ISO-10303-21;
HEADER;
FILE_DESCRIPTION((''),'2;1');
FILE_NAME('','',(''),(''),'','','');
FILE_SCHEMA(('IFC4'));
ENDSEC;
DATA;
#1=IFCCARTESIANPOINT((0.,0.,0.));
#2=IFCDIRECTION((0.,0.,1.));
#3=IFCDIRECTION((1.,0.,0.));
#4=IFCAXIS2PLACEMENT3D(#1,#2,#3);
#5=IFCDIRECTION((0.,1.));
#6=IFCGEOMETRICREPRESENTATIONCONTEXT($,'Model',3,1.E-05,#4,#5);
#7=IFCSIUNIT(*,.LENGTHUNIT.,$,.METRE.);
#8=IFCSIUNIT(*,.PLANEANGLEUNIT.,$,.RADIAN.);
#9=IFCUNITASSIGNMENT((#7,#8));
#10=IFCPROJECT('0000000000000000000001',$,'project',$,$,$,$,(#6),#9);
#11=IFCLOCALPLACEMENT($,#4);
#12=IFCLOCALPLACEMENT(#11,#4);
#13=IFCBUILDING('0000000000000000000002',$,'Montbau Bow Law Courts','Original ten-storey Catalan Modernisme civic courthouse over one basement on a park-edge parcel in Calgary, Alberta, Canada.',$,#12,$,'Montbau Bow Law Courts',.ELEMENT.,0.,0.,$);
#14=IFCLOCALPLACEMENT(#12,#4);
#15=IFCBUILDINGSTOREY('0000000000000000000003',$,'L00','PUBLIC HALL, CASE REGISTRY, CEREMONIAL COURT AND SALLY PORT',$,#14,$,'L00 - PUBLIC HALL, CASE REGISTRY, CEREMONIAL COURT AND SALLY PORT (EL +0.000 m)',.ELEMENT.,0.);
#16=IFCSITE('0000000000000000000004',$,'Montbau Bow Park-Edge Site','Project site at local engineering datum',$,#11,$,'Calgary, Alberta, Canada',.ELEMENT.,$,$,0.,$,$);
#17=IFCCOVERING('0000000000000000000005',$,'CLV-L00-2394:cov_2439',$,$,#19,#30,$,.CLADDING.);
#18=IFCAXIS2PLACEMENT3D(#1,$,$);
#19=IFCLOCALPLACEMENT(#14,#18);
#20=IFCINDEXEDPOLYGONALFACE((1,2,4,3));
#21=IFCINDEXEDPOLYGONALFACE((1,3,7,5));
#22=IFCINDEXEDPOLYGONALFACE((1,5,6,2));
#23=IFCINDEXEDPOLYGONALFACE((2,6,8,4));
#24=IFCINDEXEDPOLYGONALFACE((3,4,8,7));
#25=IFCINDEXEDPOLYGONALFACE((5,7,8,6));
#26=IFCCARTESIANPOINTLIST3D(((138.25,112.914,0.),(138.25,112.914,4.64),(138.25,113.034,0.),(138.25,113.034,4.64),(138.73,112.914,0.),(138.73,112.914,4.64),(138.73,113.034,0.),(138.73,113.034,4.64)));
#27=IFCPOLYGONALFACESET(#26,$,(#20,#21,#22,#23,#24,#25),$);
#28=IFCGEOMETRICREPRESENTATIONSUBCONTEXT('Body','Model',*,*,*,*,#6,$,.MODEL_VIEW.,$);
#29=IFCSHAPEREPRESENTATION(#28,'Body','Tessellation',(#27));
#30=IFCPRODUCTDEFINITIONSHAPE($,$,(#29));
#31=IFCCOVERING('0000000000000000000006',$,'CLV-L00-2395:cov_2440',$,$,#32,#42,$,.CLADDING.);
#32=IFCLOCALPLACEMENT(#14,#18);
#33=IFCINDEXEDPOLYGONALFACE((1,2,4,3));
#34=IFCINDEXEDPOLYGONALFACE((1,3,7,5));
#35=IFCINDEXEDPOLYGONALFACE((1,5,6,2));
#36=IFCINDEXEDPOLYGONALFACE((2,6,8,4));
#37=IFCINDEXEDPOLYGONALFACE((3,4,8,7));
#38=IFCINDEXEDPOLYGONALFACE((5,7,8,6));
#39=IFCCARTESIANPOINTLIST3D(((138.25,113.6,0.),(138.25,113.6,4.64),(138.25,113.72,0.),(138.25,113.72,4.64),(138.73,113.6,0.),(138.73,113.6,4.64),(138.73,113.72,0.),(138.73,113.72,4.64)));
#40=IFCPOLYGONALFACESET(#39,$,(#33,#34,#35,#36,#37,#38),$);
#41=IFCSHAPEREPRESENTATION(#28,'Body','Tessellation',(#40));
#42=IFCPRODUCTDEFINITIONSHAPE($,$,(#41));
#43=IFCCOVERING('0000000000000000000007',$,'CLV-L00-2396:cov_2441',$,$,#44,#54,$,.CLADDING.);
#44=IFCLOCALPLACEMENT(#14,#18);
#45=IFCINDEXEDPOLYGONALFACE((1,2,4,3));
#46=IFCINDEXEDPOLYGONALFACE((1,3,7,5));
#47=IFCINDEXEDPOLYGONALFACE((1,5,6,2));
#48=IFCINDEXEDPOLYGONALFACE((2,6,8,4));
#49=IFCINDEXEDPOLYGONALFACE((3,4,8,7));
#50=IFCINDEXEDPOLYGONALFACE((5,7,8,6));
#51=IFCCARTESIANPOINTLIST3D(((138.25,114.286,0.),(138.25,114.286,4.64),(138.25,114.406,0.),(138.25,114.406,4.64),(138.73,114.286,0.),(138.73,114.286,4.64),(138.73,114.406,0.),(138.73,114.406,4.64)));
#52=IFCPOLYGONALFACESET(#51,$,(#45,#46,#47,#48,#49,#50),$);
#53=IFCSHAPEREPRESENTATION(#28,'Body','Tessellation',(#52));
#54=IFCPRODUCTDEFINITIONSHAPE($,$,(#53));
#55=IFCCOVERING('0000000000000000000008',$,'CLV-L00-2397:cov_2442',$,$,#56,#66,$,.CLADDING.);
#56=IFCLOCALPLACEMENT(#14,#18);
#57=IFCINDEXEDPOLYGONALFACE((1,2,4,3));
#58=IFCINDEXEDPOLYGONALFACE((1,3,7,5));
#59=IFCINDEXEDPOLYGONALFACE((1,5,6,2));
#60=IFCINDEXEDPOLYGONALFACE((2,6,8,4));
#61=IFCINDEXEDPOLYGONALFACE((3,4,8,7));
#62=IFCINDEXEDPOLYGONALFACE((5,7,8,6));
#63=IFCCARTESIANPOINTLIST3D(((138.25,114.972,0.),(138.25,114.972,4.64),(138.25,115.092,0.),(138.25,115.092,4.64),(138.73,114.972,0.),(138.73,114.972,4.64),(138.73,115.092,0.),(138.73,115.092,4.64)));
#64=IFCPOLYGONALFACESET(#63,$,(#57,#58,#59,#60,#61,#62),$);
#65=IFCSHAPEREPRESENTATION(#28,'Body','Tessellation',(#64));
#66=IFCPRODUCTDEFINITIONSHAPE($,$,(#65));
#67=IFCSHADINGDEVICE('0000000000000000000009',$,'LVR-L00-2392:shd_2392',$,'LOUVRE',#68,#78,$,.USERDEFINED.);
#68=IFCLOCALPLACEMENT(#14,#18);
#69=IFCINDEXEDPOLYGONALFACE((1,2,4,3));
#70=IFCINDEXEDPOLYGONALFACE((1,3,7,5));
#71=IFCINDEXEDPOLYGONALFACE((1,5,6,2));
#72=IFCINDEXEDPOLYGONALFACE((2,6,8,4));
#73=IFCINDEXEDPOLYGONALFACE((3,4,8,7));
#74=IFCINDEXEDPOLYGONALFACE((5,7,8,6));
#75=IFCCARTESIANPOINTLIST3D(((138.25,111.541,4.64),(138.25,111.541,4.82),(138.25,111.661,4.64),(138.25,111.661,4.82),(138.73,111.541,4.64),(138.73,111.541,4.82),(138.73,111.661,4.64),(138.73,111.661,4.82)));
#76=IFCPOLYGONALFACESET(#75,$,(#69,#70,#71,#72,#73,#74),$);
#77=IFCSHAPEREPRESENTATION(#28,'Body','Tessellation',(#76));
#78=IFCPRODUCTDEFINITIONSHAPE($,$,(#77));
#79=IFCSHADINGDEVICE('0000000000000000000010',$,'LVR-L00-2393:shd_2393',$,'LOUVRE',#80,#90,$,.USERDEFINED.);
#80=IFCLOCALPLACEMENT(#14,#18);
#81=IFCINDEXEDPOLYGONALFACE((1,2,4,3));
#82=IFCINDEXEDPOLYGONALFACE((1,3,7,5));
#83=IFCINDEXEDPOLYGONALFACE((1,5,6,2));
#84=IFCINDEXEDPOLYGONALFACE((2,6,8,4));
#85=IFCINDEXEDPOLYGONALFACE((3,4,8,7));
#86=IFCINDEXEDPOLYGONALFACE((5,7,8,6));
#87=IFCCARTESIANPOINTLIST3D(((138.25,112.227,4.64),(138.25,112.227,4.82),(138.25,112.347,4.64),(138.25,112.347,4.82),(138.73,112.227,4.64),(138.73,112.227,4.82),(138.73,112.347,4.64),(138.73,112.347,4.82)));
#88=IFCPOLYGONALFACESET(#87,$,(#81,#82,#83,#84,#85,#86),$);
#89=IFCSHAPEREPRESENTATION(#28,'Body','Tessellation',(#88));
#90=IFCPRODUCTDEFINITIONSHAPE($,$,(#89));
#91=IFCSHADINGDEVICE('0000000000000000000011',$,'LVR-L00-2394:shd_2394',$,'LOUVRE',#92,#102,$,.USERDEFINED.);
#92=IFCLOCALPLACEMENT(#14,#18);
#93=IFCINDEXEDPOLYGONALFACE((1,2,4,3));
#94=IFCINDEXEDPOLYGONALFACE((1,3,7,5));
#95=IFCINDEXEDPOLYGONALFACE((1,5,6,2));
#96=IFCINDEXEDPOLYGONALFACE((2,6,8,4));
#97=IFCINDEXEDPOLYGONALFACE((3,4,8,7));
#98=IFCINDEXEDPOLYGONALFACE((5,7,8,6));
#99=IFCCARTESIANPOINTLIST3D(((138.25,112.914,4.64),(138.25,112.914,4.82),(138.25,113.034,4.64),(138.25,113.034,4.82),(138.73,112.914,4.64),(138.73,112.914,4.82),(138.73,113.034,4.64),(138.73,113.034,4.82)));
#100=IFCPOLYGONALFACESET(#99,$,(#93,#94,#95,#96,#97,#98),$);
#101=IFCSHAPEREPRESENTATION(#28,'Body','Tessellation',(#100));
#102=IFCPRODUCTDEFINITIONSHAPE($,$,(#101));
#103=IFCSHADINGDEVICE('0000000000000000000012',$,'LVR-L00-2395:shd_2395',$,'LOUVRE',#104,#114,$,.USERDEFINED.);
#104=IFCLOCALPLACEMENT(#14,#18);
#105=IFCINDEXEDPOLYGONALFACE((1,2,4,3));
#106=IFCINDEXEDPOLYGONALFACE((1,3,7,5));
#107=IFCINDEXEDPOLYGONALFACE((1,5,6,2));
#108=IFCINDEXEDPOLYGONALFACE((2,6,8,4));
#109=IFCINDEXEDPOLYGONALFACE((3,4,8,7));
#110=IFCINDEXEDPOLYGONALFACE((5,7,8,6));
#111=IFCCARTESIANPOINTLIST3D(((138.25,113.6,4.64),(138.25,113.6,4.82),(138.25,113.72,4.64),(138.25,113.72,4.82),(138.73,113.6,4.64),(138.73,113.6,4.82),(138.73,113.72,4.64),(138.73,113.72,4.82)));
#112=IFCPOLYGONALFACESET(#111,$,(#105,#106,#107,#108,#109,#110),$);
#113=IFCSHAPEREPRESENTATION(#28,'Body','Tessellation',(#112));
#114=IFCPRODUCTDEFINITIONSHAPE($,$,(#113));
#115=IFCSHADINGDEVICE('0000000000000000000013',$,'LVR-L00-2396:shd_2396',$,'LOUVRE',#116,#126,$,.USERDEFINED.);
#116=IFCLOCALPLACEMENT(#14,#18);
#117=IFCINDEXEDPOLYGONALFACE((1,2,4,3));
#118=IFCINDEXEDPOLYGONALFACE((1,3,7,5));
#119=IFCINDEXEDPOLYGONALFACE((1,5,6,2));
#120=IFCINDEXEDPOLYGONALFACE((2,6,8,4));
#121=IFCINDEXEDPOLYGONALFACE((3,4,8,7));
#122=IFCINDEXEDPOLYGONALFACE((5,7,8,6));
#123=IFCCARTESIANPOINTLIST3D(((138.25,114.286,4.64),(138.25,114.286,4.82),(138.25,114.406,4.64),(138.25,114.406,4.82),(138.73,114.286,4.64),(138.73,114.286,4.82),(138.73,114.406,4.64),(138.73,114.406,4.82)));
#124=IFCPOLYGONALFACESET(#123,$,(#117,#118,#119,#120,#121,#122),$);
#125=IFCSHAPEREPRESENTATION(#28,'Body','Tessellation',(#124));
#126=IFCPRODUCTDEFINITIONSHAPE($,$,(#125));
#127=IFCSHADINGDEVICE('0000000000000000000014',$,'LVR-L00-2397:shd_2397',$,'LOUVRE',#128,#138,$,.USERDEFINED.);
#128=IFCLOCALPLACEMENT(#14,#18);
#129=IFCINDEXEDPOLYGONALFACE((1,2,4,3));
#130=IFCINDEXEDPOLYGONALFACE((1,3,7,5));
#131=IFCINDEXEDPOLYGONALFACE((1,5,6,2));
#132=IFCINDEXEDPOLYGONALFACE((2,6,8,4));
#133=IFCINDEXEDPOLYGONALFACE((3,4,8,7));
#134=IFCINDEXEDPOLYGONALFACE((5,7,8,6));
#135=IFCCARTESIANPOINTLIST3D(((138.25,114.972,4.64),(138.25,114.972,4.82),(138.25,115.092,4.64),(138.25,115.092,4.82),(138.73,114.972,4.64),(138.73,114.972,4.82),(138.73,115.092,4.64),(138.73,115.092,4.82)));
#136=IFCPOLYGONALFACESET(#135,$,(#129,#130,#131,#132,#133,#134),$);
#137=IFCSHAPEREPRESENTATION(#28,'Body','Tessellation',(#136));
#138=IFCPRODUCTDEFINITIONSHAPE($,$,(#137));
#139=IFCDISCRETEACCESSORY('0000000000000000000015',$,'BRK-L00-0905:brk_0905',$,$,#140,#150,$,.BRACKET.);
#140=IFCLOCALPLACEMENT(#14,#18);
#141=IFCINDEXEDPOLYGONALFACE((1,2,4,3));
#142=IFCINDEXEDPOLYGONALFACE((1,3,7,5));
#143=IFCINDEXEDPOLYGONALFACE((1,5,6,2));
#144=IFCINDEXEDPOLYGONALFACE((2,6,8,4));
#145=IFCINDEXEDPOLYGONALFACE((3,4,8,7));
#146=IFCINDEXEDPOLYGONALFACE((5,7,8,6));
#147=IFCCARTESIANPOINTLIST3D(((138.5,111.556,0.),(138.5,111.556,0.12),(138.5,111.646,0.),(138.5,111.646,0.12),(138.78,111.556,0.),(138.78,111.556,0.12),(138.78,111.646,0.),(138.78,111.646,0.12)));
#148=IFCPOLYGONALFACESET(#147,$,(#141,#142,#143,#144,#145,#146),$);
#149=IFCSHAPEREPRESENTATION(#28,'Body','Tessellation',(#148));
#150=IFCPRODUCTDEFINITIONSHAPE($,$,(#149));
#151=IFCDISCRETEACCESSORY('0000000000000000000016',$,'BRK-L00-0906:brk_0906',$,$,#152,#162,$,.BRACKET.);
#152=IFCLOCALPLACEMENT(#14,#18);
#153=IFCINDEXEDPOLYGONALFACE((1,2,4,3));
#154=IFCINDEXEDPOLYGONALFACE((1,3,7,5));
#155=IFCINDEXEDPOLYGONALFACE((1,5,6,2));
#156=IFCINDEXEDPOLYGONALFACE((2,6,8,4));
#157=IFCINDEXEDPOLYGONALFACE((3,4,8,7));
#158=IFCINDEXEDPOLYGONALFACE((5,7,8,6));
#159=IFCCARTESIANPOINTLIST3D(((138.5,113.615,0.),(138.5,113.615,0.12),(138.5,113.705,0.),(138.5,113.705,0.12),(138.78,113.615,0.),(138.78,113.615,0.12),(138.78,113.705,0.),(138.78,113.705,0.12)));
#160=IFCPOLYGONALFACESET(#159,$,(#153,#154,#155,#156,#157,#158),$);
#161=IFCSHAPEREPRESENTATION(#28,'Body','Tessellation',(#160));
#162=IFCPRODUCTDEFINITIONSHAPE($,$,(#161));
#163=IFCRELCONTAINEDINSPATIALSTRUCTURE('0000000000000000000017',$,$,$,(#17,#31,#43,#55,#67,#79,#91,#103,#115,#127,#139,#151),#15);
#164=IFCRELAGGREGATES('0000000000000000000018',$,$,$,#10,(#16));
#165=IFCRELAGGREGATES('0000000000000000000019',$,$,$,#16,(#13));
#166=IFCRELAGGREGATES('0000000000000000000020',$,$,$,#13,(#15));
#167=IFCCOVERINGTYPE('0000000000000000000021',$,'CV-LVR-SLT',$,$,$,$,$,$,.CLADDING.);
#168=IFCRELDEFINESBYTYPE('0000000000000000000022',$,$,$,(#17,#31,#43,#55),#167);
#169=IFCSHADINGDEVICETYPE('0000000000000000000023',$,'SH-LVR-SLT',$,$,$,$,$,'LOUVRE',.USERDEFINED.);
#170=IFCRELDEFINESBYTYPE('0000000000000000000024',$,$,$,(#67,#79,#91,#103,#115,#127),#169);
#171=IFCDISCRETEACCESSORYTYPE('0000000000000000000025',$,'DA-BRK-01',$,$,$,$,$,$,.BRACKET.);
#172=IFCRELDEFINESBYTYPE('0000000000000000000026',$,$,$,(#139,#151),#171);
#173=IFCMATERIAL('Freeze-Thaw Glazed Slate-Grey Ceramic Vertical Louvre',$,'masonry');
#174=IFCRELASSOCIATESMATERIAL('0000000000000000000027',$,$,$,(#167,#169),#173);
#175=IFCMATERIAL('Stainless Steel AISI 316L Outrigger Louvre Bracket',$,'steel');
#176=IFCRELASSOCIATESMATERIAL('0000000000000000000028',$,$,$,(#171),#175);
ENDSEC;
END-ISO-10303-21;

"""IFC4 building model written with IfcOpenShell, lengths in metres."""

from ifc_helpers import new_model, si_unit, direction, frame, frame_2d, origin_with_axes, origin_2d_with_axis, place, context, subcontext, project, spatial, rectangle, extrude, material, type_object, element, save


model = new_model("IFC4")

# Units and contexts
model_context = context("Model", 3, precision=1e-05, world=origin_with_axes(), true_north=direction((0.0, 1.0)))
body_context = subcontext(model_context, "Body", "Model", "MODEL_VIEW")
ifc_project = project(units=[si_unit("LENGTHUNIT", "METRE"), si_unit("PLANEANGLEUNIT", "RADIAN")], contexts=[model_context])

# Site, building, storey
site_placement = place(None, origin_with_axes())
site = spatial("IfcSite", under=ifc_project, at=site_placement, Name="Montbau Bow Park-Edge Site", Description="Project site at local engineering datum", LongName="Calgary, Alberta, Canada", CompositionType="ELEMENT", RefElevation=0.0)
building_placement = place(site_placement, origin_with_axes())
building = spatial("IfcBuilding", under=site, at=building_placement, Name="Montbau Bow Law Courts", Description="Original ten-storey Catalan Modernisme civic courthouse over one basement on a park-edge parcel in Calgary, Alberta, Canada.", LongName="Montbau Bow Law Courts", CompositionType="ELEMENT", ElevationOfRefHeight=0.0, ElevationOfTerrain=0.0)
storey_placement = place(building_placement, origin_with_axes())
storey = spatial("IfcBuildingStorey", under=building, at=storey_placement, Name="L00", Description="PUBLIC HALL, CASE REGISTRY, CEREMONIAL COURT AND SALLY PORT", LongName="L00 - PUBLIC HALL, CASE REGISTRY, CEREMONIAL COURT AND SALLY PORT (EL +0.000 m)", CompositionType="ELEMENT", Elevation=0.0)

# Coverings
ifc_material_1 = material(Name="Freeze-Thaw Glazed Slate-Grey Ceramic Vertical Louvre", Category="masonry")
covering_type = type_object("IfcCoveringType", Name="CV-LVR-SLT", PredefinedType="CLADDING", material=ifc_material_1)
for number, where, z_axis, x_axis, name in (
    (1, (138.73, 112.974, 0.0), (0.0, 1.0, 0.0), (-1.0, 0.0, 0.0), "CLV-L00-2394:cov_2439"),
    (2, (138.73, 113.66, 0.0), (0.0, 1.0, 0.0), (-1.0, 0.0, 0.0), "CLV-L00-2395:cov_2440"),
    (3, (138.73, 114.346, 0.0), (0.0, 1.0, 0.0), (-1.0, 0.0, 0.0), "CLV-L00-2396:cov_2441"),
    (4, (138.73, 115.032, 0.0), (0.0, 1.0, 0.0), (-1.0, 0.0, 0.0), "CLV-L00-2397:cov_2442"),
):
    element("IfcCovering", number, at=place(None, frame(where, z_axis=z_axis, x_axis=x_axis)), inside=storey, type_object=covering_type, Name=name, PredefinedType="CLADDING", context=body_context, shape_type="SweptSolid", body=[
        extrude(rectangle(XDim=0.48, YDim=4.64, at=frame_2d((0.24, 2.32), x_axis=(1.0, 0.0))), frame((0.0, 0.0, -0.06), z_axis=(0.0, 0.0, 1.0), x_axis=(1.0, 0.0, 0.0)), (0.0, 0.0, 1.0), 0.12),
    ])

# Shading devices
shading_device_type = type_object("IfcShadingDeviceType", Name="SH-LVR-SLT", ElementType="LOUVRE", PredefinedType="USERDEFINED", material=ifc_material_1)
for number, where, z_axis, x_axis, name in (
    (5, (138.49, 111.601, 4.64), (0.0, 0.0, 1.0), (-1.0, 0.0, 0.0), "LVR-L00-2392:shd_2392"),
    (6, (138.49, 112.287, 4.64), (0.0, 0.0, 1.0), (-1.0, 0.0, 0.0), "LVR-L00-2393:shd_2393"),
    (7, (138.49, 112.974, 4.64), (0.0, 0.0, 1.0), (-1.0, 0.0, 0.0), "LVR-L00-2394:shd_2394"),
    (8, (138.49, 113.66, 4.64), (0.0, 0.0, 1.0), (-1.0, 0.0, 0.0), "LVR-L00-2395:shd_2395"),
    (9, (138.49, 114.346, 4.64), (0.0, 0.0, 1.0), (-1.0, 0.0, 0.0), "LVR-L00-2396:shd_2396"),
    (10, (138.49, 115.032, 4.64), (0.0, 0.0, 1.0), (-1.0, 0.0, 0.0), "LVR-L00-2397:shd_2397"),
):
    element("IfcShadingDevice", number, at=place(None, frame(where, z_axis=z_axis, x_axis=x_axis)), inside=storey, type_object=shading_device_type, Name=name, ObjectType="LOUVRE", PredefinedType="USERDEFINED", context=body_context, shape_type="SweptSolid", body=[
        extrude(rectangle(XDim=0.48, YDim=0.12, at=origin_2d_with_axis()), origin_with_axes(), (0.0, 0.0, 1.0), 0.18),
    ])

# Discrete accessories
ifc_material_2 = material(Name="Stainless Steel AISI 316L Outrigger Louvre Bracket", Category="steel")
discrete_accessory_type = type_object("IfcDiscreteAccessoryType", Name="DA-BRK-01", PredefinedType="BRACKET", material=ifc_material_2)
for number, where, z_axis, x_axis, name in (
    (11, (138.64, 111.601, 0.0), (0.0, 0.0, 1.0), (-1.0, 0.0, 0.0), "BRK-L00-0905:brk_0905"),
    (12, (138.64, 113.66, 0.0), (0.0, 0.0, 1.0), (-1.0, 0.0, 0.0), "BRK-L00-0906:brk_0906"),
):
    element("IfcDiscreteAccessory", number, at=place(None, frame(where, z_axis=z_axis, x_axis=x_axis)), inside=storey, type_object=discrete_accessory_type, Name=name, PredefinedType="BRACKET", context=body_context, shape_type="SweptSolid", body=[
        extrude(rectangle(XDim=0.28, YDim=0.09, at=origin_2d_with_axis()), origin_with_axes(), (0.0, 0.0, 1.0), 0.12),
    ])

save(model, "model.ifc")
